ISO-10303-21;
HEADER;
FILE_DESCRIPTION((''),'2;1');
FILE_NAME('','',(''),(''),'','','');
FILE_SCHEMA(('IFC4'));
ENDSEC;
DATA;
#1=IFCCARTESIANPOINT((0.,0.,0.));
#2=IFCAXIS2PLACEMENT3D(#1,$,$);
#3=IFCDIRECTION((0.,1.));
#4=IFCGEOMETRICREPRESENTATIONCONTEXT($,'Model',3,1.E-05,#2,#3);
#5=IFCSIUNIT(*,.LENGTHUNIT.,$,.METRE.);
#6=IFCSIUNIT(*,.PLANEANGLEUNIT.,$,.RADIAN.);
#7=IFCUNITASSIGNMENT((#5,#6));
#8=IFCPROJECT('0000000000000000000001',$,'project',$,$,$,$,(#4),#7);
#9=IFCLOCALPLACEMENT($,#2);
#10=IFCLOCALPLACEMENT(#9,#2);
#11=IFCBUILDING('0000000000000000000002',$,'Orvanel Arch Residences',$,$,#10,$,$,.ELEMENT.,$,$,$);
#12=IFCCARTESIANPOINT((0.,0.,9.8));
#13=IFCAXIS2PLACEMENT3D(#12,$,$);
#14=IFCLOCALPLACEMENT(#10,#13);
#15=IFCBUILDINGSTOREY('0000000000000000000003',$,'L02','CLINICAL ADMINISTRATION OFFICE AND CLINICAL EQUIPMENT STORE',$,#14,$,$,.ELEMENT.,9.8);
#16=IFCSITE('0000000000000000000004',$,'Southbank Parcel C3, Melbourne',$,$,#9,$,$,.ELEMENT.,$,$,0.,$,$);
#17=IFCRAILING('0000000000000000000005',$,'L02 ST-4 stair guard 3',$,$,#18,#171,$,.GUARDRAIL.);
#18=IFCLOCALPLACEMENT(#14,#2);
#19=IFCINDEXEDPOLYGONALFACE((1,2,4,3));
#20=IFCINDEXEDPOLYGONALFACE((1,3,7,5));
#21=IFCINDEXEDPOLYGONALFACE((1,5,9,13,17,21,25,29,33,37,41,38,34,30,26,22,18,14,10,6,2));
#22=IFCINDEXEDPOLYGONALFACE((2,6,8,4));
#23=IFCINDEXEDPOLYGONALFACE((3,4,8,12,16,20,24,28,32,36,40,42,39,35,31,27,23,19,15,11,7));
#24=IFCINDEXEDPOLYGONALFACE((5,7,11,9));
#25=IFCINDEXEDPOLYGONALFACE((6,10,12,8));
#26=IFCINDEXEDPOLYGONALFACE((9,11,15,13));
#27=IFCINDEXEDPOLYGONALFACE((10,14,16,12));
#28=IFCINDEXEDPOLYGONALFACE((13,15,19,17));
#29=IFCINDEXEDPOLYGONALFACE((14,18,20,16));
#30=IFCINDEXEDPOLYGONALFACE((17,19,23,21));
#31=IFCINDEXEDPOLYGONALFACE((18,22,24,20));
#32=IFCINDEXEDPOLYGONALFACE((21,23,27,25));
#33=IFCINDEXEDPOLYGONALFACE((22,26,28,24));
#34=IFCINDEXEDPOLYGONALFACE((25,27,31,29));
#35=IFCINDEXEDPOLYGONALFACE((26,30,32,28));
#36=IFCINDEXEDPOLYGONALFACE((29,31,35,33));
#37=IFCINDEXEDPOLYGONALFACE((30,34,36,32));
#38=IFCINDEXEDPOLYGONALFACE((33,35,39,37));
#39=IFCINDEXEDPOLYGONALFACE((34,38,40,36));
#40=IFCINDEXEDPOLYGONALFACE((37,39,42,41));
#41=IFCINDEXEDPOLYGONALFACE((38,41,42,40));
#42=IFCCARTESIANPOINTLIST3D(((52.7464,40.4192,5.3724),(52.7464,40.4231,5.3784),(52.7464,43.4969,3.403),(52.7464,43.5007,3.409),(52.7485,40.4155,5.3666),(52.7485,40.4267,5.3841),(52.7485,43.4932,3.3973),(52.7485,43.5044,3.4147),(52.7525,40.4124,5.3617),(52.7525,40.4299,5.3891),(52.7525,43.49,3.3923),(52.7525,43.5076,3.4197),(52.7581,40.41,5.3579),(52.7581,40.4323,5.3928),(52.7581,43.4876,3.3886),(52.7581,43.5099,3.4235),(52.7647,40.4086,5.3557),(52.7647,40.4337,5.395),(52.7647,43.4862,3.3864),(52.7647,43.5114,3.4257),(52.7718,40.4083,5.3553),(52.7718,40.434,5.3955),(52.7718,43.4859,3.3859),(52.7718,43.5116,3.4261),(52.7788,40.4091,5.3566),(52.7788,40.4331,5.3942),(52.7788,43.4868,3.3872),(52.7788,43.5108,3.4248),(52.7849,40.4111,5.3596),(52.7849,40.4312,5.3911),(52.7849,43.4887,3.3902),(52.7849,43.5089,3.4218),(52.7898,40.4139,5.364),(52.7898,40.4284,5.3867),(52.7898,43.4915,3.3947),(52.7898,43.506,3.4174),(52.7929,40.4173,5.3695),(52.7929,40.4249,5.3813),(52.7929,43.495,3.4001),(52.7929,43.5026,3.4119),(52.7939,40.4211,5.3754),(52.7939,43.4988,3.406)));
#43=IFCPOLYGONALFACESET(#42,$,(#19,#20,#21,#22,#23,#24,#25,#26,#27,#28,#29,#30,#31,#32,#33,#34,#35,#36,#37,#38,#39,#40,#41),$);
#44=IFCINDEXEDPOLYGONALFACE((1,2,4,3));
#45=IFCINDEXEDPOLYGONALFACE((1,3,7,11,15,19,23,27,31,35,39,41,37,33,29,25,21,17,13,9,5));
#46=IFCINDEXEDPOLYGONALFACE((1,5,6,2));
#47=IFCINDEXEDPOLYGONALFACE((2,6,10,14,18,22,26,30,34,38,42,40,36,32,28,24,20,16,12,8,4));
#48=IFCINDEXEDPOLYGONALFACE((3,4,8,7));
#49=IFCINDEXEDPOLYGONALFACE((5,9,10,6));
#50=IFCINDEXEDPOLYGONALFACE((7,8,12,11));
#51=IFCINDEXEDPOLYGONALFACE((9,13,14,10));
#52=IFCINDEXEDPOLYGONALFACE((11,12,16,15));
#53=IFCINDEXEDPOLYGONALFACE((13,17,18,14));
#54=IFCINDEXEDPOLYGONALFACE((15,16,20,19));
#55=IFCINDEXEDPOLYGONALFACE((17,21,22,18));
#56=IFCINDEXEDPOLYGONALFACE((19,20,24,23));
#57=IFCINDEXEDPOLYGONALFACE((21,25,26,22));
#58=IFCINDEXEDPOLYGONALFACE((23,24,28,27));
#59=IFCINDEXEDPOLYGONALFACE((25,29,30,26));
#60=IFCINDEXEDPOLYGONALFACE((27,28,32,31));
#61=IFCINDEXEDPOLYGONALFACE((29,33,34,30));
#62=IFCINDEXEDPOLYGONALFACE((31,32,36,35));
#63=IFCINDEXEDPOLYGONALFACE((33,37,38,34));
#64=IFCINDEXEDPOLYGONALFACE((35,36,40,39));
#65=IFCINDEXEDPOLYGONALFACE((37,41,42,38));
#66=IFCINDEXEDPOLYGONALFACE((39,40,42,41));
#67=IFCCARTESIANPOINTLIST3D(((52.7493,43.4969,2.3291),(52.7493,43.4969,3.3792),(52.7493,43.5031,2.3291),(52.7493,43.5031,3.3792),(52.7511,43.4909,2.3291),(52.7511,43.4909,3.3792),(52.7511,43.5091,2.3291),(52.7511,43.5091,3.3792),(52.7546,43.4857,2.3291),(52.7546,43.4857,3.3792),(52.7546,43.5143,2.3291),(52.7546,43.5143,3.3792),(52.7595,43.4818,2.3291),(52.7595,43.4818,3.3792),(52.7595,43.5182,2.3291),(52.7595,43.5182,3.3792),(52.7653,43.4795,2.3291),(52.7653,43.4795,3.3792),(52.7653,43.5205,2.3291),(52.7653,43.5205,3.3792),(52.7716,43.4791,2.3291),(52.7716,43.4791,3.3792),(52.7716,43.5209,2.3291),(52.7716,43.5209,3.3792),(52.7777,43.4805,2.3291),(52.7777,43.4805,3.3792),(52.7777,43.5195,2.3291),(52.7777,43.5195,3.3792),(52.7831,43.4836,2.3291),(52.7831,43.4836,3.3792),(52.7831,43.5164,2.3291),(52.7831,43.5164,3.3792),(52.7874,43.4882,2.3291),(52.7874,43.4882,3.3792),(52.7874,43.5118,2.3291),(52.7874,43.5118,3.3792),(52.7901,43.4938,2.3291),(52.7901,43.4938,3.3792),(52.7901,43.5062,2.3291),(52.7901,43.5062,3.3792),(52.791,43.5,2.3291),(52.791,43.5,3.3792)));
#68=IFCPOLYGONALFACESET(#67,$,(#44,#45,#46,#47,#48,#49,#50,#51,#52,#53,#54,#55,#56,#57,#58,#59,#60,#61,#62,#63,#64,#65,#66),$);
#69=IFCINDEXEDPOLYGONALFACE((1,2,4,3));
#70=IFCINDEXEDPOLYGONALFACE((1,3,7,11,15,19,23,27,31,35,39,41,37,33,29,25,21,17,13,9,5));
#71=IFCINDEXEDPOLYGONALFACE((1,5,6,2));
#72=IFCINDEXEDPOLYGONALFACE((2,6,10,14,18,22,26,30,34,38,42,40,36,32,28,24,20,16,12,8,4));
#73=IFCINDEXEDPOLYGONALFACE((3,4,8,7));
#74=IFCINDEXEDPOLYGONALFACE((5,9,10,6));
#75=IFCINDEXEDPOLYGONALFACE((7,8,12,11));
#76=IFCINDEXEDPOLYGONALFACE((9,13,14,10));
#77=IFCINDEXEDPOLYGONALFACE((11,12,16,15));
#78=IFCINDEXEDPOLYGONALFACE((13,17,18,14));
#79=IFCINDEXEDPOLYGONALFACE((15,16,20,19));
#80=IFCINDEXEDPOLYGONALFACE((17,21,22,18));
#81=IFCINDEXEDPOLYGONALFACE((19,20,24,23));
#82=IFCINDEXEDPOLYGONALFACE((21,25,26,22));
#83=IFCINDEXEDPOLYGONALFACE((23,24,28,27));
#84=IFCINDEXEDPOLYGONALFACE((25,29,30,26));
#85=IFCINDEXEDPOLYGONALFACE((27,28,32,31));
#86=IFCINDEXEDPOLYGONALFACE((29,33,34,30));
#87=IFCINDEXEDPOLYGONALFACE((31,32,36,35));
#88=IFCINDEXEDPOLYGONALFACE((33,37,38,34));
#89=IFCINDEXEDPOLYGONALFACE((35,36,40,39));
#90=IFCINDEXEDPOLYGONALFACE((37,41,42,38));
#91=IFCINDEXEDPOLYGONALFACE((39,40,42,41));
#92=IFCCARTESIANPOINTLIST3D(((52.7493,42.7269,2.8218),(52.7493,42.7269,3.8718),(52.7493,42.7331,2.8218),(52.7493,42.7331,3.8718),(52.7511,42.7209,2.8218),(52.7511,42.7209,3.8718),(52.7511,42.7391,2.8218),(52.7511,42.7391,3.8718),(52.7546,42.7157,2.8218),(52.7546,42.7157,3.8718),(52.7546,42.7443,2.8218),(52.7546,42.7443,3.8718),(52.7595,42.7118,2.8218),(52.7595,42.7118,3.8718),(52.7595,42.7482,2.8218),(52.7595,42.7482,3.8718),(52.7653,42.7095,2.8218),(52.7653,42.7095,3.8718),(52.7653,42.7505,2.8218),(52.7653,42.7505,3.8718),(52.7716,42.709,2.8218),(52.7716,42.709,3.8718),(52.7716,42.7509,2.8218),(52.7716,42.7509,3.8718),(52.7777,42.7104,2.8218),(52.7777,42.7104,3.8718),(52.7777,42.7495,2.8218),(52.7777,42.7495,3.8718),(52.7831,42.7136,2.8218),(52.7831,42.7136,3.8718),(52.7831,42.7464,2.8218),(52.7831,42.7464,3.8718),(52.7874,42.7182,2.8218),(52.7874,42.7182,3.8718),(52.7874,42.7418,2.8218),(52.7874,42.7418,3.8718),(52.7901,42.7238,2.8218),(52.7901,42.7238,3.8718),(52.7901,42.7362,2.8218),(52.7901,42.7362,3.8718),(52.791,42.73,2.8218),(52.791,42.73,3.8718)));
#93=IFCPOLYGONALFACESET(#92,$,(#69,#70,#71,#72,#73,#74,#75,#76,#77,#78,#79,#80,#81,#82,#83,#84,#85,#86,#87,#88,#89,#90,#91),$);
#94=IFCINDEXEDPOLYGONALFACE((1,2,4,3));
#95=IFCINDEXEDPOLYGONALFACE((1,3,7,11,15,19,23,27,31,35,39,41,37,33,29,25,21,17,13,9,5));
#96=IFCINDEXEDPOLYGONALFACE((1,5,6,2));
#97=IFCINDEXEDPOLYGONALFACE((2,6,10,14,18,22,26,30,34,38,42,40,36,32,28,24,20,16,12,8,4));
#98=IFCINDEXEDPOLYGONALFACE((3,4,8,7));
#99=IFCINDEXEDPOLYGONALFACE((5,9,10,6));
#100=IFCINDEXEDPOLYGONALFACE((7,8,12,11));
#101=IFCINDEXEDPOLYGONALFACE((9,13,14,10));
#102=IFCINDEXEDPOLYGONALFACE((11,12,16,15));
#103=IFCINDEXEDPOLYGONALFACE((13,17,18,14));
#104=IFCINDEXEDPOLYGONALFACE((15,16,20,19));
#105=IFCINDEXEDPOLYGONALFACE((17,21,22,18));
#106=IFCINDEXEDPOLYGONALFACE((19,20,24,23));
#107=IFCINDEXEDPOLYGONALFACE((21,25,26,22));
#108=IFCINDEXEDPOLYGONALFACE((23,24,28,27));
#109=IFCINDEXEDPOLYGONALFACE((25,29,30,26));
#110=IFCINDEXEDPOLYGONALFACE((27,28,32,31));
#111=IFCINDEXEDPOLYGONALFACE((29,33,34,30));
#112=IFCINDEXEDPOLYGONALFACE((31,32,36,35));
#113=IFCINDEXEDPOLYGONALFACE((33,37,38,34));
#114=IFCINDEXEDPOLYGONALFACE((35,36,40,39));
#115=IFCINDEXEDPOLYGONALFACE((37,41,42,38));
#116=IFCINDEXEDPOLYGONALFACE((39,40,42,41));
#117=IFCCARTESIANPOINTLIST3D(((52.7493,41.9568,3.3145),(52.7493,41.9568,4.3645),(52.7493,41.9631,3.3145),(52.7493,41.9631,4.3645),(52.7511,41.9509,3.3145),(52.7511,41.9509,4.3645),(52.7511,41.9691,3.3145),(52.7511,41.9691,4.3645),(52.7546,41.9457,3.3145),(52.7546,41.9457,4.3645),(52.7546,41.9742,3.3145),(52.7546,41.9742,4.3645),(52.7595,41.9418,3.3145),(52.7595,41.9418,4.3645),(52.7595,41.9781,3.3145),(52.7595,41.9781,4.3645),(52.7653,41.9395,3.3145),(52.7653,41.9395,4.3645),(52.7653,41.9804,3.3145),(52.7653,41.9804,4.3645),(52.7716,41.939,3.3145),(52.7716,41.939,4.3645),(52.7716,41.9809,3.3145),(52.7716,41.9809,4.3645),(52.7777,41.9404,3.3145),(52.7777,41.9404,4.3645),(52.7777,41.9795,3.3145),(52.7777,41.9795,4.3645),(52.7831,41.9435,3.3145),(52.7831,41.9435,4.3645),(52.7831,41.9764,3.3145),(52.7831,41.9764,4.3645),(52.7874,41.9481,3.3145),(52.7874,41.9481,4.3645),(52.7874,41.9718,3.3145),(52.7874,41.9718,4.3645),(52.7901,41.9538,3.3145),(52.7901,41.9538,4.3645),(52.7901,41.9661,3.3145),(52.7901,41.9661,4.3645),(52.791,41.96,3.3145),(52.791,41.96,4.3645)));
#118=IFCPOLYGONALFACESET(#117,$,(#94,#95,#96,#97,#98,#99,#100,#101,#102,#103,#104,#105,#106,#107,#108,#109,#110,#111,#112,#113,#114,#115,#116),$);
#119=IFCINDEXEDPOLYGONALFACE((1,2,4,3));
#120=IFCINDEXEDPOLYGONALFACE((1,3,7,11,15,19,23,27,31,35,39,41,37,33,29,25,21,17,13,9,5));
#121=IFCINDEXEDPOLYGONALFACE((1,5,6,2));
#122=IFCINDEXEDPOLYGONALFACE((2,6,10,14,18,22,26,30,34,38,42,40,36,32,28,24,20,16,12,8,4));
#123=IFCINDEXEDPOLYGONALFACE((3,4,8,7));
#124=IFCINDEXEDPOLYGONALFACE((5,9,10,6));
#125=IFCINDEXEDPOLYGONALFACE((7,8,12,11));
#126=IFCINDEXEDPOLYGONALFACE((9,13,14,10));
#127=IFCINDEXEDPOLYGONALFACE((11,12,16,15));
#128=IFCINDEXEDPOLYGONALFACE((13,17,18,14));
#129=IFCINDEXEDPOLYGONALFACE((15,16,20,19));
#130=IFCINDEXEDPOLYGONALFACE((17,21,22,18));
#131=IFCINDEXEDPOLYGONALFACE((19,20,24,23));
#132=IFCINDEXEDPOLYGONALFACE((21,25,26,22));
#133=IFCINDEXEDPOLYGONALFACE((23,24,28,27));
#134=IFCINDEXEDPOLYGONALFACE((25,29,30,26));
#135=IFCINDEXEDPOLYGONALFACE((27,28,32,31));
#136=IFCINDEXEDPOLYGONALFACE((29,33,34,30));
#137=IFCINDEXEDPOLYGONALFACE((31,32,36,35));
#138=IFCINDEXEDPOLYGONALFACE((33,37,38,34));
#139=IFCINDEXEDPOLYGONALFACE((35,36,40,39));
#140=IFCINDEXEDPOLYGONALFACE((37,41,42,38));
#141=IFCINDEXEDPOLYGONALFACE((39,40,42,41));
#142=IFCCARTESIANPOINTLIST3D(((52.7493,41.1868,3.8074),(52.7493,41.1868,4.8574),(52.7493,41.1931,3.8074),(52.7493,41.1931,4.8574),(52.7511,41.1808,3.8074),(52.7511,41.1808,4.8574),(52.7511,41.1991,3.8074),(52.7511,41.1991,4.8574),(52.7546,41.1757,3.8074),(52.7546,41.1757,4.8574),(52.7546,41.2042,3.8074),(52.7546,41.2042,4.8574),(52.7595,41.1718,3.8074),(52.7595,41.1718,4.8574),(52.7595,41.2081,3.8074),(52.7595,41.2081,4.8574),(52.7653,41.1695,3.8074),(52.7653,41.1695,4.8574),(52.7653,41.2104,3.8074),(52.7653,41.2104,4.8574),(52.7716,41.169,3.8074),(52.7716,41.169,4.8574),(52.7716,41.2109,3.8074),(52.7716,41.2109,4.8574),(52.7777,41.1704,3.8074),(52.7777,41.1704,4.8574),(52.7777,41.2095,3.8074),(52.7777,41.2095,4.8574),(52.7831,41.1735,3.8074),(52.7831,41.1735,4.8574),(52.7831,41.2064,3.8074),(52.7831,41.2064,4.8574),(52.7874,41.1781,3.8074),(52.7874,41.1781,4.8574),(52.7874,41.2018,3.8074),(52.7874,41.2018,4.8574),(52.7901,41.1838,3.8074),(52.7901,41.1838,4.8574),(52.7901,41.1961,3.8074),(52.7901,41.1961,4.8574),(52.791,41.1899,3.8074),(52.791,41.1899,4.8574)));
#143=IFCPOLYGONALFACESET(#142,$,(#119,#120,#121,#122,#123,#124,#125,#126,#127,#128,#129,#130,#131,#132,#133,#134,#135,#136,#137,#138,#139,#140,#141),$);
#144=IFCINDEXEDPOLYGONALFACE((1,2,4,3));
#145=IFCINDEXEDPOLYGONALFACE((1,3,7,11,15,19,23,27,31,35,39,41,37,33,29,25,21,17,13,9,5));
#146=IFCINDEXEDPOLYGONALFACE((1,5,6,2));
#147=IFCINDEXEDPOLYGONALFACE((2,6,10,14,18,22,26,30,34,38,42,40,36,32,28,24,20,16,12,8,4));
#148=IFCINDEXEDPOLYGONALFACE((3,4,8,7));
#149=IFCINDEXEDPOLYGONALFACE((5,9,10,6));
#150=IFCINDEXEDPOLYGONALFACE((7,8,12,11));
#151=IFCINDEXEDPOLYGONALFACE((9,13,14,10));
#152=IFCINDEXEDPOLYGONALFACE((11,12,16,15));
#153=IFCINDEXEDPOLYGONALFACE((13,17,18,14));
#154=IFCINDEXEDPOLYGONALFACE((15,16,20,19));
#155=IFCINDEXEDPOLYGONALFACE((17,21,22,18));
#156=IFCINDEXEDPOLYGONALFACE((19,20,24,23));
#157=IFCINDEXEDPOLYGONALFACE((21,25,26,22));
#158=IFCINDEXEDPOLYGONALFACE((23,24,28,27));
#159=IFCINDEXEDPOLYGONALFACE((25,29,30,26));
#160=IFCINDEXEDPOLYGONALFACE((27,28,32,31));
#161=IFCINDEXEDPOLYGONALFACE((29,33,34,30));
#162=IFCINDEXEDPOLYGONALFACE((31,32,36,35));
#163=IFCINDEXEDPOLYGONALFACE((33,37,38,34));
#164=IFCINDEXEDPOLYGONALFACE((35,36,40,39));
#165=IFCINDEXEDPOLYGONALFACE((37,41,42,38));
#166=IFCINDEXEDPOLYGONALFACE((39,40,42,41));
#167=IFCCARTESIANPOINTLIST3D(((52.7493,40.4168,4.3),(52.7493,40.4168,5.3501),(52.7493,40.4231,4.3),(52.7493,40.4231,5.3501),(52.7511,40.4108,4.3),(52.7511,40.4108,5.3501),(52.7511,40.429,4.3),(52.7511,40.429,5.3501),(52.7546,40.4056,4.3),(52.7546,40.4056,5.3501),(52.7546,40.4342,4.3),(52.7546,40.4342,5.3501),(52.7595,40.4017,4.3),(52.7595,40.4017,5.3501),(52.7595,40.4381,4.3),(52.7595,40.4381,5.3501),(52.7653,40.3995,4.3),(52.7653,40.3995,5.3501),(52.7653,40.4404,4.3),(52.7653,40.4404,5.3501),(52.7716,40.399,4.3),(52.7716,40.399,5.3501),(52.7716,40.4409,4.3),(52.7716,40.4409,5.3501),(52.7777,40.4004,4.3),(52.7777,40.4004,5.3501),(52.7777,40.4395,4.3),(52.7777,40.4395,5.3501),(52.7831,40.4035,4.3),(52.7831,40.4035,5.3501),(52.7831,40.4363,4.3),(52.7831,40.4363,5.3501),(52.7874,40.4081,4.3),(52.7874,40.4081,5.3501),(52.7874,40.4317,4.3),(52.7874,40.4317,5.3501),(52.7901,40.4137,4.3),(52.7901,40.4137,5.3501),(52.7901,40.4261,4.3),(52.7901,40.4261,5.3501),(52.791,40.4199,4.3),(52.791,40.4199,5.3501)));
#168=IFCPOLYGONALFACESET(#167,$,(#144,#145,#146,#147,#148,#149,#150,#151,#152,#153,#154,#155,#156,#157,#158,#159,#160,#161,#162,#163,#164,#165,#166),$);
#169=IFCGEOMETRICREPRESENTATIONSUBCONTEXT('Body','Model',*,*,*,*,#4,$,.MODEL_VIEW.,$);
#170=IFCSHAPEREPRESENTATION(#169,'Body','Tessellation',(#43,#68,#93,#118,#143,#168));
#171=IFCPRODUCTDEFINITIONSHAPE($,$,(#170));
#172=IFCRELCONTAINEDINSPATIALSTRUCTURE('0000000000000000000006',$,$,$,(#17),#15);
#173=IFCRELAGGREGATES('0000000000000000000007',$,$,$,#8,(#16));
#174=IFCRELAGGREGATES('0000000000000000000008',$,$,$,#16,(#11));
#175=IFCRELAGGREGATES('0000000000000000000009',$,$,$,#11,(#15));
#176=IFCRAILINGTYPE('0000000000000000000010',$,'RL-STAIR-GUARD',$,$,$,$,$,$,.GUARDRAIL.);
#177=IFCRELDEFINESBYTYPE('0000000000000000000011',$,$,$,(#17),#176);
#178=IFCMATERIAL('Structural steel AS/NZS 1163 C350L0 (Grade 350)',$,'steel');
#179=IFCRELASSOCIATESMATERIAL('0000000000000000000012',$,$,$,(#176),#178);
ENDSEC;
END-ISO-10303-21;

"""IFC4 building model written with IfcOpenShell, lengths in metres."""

from ifc_helpers import new_model, si_unit, direction, frame, origin, origin_2d, place, context, subcontext, project, spatial, circle, extrude, material, type_object, element, save


model = new_model("IFC4")

# Units and contexts
model_context = context("Model", 3, precision=1e-05, world=origin(), true_north=direction((0.0, 1.0)))
body_context = subcontext(model_context, "Body", "Model", "MODEL_VIEW")
ifc_project = project(units=[si_unit("LENGTHUNIT", "METRE"), si_unit("PLANEANGLEUNIT", "RADIAN")], contexts=[model_context])

# Site, building, storey
site_placement = place(None, origin())
site = spatial("IfcSite", under=ifc_project, at=site_placement, Name="Southbank Parcel C3, Melbourne", CompositionType="ELEMENT", RefElevation=0.0)
building_placement = place(site_placement, origin())
building = spatial("IfcBuilding", under=site, at=building_placement, Name="Orvanel Arch Residences", CompositionType="ELEMENT")
storey_placement = place(building_placement, frame((0.0, 0.0, 9.8)))
storey = spatial("IfcBuildingStorey", under=building, at=storey_placement, Name="L02", Description="CLINICAL ADMINISTRATION OFFICE AND CLINICAL EQUIPMENT STORE", CompositionType="ELEMENT", Elevation=9.8)

# Railing
ifc_material_1 = material(Name="Structural steel AS/NZS 1163 C350L0 (Grade 350)", Category="steel")
railing_type_1 = type_object("IfcRailingType", Name="RL-STAIR-GUARD", PredefinedType="GUARDRAIL", material=ifc_material_1)
railing_1_placement = place(storey_placement, frame((52.77, 43.5, 2.3291)))
element("IfcRailing", 1, at=railing_1_placement, inside=storey, type_object=railing_type_1, Name="L02 ST-4 stair guard 3", PredefinedType="GUARDRAIL", context=body_context, shape_type="SweptSolid", body=[
    extrude(circle(Radius=0.0239, at=origin_2d()), frame((0.0, -0.0012, 1.0769), z_axis=(0.0, -0.842309, 0.538995), x_axis=(1.0, 0.0, 0.0)), (0.0, 0.0, 1.0), 3.6538),
    extrude(circle(Radius=0.021, at=origin_2d()), origin(), (0.0, 0.0, 1.0), 1.05),
    extrude(circle(Radius=0.021, at=origin_2d()), frame((0.0, -0.77, 0.4927)), (0.0, 0.0, 1.0), 1.05),
    extrude(circle(Radius=0.021, at=origin_2d()), frame((0.0, -1.54, 0.9854)), (0.0, 0.0, 1.0), 1.05),
    extrude(circle(Radius=0.021, at=origin_2d()), frame((0.0, -2.3101, 1.4783)), (0.0, 0.0, 1.0), 1.05),
    extrude(circle(Radius=0.021, at=origin_2d()), frame((0.0, -3.0801, 1.9709)), (0.0, 0.0, 1.0), 1.05),
])

save(model, "model.ifc")
